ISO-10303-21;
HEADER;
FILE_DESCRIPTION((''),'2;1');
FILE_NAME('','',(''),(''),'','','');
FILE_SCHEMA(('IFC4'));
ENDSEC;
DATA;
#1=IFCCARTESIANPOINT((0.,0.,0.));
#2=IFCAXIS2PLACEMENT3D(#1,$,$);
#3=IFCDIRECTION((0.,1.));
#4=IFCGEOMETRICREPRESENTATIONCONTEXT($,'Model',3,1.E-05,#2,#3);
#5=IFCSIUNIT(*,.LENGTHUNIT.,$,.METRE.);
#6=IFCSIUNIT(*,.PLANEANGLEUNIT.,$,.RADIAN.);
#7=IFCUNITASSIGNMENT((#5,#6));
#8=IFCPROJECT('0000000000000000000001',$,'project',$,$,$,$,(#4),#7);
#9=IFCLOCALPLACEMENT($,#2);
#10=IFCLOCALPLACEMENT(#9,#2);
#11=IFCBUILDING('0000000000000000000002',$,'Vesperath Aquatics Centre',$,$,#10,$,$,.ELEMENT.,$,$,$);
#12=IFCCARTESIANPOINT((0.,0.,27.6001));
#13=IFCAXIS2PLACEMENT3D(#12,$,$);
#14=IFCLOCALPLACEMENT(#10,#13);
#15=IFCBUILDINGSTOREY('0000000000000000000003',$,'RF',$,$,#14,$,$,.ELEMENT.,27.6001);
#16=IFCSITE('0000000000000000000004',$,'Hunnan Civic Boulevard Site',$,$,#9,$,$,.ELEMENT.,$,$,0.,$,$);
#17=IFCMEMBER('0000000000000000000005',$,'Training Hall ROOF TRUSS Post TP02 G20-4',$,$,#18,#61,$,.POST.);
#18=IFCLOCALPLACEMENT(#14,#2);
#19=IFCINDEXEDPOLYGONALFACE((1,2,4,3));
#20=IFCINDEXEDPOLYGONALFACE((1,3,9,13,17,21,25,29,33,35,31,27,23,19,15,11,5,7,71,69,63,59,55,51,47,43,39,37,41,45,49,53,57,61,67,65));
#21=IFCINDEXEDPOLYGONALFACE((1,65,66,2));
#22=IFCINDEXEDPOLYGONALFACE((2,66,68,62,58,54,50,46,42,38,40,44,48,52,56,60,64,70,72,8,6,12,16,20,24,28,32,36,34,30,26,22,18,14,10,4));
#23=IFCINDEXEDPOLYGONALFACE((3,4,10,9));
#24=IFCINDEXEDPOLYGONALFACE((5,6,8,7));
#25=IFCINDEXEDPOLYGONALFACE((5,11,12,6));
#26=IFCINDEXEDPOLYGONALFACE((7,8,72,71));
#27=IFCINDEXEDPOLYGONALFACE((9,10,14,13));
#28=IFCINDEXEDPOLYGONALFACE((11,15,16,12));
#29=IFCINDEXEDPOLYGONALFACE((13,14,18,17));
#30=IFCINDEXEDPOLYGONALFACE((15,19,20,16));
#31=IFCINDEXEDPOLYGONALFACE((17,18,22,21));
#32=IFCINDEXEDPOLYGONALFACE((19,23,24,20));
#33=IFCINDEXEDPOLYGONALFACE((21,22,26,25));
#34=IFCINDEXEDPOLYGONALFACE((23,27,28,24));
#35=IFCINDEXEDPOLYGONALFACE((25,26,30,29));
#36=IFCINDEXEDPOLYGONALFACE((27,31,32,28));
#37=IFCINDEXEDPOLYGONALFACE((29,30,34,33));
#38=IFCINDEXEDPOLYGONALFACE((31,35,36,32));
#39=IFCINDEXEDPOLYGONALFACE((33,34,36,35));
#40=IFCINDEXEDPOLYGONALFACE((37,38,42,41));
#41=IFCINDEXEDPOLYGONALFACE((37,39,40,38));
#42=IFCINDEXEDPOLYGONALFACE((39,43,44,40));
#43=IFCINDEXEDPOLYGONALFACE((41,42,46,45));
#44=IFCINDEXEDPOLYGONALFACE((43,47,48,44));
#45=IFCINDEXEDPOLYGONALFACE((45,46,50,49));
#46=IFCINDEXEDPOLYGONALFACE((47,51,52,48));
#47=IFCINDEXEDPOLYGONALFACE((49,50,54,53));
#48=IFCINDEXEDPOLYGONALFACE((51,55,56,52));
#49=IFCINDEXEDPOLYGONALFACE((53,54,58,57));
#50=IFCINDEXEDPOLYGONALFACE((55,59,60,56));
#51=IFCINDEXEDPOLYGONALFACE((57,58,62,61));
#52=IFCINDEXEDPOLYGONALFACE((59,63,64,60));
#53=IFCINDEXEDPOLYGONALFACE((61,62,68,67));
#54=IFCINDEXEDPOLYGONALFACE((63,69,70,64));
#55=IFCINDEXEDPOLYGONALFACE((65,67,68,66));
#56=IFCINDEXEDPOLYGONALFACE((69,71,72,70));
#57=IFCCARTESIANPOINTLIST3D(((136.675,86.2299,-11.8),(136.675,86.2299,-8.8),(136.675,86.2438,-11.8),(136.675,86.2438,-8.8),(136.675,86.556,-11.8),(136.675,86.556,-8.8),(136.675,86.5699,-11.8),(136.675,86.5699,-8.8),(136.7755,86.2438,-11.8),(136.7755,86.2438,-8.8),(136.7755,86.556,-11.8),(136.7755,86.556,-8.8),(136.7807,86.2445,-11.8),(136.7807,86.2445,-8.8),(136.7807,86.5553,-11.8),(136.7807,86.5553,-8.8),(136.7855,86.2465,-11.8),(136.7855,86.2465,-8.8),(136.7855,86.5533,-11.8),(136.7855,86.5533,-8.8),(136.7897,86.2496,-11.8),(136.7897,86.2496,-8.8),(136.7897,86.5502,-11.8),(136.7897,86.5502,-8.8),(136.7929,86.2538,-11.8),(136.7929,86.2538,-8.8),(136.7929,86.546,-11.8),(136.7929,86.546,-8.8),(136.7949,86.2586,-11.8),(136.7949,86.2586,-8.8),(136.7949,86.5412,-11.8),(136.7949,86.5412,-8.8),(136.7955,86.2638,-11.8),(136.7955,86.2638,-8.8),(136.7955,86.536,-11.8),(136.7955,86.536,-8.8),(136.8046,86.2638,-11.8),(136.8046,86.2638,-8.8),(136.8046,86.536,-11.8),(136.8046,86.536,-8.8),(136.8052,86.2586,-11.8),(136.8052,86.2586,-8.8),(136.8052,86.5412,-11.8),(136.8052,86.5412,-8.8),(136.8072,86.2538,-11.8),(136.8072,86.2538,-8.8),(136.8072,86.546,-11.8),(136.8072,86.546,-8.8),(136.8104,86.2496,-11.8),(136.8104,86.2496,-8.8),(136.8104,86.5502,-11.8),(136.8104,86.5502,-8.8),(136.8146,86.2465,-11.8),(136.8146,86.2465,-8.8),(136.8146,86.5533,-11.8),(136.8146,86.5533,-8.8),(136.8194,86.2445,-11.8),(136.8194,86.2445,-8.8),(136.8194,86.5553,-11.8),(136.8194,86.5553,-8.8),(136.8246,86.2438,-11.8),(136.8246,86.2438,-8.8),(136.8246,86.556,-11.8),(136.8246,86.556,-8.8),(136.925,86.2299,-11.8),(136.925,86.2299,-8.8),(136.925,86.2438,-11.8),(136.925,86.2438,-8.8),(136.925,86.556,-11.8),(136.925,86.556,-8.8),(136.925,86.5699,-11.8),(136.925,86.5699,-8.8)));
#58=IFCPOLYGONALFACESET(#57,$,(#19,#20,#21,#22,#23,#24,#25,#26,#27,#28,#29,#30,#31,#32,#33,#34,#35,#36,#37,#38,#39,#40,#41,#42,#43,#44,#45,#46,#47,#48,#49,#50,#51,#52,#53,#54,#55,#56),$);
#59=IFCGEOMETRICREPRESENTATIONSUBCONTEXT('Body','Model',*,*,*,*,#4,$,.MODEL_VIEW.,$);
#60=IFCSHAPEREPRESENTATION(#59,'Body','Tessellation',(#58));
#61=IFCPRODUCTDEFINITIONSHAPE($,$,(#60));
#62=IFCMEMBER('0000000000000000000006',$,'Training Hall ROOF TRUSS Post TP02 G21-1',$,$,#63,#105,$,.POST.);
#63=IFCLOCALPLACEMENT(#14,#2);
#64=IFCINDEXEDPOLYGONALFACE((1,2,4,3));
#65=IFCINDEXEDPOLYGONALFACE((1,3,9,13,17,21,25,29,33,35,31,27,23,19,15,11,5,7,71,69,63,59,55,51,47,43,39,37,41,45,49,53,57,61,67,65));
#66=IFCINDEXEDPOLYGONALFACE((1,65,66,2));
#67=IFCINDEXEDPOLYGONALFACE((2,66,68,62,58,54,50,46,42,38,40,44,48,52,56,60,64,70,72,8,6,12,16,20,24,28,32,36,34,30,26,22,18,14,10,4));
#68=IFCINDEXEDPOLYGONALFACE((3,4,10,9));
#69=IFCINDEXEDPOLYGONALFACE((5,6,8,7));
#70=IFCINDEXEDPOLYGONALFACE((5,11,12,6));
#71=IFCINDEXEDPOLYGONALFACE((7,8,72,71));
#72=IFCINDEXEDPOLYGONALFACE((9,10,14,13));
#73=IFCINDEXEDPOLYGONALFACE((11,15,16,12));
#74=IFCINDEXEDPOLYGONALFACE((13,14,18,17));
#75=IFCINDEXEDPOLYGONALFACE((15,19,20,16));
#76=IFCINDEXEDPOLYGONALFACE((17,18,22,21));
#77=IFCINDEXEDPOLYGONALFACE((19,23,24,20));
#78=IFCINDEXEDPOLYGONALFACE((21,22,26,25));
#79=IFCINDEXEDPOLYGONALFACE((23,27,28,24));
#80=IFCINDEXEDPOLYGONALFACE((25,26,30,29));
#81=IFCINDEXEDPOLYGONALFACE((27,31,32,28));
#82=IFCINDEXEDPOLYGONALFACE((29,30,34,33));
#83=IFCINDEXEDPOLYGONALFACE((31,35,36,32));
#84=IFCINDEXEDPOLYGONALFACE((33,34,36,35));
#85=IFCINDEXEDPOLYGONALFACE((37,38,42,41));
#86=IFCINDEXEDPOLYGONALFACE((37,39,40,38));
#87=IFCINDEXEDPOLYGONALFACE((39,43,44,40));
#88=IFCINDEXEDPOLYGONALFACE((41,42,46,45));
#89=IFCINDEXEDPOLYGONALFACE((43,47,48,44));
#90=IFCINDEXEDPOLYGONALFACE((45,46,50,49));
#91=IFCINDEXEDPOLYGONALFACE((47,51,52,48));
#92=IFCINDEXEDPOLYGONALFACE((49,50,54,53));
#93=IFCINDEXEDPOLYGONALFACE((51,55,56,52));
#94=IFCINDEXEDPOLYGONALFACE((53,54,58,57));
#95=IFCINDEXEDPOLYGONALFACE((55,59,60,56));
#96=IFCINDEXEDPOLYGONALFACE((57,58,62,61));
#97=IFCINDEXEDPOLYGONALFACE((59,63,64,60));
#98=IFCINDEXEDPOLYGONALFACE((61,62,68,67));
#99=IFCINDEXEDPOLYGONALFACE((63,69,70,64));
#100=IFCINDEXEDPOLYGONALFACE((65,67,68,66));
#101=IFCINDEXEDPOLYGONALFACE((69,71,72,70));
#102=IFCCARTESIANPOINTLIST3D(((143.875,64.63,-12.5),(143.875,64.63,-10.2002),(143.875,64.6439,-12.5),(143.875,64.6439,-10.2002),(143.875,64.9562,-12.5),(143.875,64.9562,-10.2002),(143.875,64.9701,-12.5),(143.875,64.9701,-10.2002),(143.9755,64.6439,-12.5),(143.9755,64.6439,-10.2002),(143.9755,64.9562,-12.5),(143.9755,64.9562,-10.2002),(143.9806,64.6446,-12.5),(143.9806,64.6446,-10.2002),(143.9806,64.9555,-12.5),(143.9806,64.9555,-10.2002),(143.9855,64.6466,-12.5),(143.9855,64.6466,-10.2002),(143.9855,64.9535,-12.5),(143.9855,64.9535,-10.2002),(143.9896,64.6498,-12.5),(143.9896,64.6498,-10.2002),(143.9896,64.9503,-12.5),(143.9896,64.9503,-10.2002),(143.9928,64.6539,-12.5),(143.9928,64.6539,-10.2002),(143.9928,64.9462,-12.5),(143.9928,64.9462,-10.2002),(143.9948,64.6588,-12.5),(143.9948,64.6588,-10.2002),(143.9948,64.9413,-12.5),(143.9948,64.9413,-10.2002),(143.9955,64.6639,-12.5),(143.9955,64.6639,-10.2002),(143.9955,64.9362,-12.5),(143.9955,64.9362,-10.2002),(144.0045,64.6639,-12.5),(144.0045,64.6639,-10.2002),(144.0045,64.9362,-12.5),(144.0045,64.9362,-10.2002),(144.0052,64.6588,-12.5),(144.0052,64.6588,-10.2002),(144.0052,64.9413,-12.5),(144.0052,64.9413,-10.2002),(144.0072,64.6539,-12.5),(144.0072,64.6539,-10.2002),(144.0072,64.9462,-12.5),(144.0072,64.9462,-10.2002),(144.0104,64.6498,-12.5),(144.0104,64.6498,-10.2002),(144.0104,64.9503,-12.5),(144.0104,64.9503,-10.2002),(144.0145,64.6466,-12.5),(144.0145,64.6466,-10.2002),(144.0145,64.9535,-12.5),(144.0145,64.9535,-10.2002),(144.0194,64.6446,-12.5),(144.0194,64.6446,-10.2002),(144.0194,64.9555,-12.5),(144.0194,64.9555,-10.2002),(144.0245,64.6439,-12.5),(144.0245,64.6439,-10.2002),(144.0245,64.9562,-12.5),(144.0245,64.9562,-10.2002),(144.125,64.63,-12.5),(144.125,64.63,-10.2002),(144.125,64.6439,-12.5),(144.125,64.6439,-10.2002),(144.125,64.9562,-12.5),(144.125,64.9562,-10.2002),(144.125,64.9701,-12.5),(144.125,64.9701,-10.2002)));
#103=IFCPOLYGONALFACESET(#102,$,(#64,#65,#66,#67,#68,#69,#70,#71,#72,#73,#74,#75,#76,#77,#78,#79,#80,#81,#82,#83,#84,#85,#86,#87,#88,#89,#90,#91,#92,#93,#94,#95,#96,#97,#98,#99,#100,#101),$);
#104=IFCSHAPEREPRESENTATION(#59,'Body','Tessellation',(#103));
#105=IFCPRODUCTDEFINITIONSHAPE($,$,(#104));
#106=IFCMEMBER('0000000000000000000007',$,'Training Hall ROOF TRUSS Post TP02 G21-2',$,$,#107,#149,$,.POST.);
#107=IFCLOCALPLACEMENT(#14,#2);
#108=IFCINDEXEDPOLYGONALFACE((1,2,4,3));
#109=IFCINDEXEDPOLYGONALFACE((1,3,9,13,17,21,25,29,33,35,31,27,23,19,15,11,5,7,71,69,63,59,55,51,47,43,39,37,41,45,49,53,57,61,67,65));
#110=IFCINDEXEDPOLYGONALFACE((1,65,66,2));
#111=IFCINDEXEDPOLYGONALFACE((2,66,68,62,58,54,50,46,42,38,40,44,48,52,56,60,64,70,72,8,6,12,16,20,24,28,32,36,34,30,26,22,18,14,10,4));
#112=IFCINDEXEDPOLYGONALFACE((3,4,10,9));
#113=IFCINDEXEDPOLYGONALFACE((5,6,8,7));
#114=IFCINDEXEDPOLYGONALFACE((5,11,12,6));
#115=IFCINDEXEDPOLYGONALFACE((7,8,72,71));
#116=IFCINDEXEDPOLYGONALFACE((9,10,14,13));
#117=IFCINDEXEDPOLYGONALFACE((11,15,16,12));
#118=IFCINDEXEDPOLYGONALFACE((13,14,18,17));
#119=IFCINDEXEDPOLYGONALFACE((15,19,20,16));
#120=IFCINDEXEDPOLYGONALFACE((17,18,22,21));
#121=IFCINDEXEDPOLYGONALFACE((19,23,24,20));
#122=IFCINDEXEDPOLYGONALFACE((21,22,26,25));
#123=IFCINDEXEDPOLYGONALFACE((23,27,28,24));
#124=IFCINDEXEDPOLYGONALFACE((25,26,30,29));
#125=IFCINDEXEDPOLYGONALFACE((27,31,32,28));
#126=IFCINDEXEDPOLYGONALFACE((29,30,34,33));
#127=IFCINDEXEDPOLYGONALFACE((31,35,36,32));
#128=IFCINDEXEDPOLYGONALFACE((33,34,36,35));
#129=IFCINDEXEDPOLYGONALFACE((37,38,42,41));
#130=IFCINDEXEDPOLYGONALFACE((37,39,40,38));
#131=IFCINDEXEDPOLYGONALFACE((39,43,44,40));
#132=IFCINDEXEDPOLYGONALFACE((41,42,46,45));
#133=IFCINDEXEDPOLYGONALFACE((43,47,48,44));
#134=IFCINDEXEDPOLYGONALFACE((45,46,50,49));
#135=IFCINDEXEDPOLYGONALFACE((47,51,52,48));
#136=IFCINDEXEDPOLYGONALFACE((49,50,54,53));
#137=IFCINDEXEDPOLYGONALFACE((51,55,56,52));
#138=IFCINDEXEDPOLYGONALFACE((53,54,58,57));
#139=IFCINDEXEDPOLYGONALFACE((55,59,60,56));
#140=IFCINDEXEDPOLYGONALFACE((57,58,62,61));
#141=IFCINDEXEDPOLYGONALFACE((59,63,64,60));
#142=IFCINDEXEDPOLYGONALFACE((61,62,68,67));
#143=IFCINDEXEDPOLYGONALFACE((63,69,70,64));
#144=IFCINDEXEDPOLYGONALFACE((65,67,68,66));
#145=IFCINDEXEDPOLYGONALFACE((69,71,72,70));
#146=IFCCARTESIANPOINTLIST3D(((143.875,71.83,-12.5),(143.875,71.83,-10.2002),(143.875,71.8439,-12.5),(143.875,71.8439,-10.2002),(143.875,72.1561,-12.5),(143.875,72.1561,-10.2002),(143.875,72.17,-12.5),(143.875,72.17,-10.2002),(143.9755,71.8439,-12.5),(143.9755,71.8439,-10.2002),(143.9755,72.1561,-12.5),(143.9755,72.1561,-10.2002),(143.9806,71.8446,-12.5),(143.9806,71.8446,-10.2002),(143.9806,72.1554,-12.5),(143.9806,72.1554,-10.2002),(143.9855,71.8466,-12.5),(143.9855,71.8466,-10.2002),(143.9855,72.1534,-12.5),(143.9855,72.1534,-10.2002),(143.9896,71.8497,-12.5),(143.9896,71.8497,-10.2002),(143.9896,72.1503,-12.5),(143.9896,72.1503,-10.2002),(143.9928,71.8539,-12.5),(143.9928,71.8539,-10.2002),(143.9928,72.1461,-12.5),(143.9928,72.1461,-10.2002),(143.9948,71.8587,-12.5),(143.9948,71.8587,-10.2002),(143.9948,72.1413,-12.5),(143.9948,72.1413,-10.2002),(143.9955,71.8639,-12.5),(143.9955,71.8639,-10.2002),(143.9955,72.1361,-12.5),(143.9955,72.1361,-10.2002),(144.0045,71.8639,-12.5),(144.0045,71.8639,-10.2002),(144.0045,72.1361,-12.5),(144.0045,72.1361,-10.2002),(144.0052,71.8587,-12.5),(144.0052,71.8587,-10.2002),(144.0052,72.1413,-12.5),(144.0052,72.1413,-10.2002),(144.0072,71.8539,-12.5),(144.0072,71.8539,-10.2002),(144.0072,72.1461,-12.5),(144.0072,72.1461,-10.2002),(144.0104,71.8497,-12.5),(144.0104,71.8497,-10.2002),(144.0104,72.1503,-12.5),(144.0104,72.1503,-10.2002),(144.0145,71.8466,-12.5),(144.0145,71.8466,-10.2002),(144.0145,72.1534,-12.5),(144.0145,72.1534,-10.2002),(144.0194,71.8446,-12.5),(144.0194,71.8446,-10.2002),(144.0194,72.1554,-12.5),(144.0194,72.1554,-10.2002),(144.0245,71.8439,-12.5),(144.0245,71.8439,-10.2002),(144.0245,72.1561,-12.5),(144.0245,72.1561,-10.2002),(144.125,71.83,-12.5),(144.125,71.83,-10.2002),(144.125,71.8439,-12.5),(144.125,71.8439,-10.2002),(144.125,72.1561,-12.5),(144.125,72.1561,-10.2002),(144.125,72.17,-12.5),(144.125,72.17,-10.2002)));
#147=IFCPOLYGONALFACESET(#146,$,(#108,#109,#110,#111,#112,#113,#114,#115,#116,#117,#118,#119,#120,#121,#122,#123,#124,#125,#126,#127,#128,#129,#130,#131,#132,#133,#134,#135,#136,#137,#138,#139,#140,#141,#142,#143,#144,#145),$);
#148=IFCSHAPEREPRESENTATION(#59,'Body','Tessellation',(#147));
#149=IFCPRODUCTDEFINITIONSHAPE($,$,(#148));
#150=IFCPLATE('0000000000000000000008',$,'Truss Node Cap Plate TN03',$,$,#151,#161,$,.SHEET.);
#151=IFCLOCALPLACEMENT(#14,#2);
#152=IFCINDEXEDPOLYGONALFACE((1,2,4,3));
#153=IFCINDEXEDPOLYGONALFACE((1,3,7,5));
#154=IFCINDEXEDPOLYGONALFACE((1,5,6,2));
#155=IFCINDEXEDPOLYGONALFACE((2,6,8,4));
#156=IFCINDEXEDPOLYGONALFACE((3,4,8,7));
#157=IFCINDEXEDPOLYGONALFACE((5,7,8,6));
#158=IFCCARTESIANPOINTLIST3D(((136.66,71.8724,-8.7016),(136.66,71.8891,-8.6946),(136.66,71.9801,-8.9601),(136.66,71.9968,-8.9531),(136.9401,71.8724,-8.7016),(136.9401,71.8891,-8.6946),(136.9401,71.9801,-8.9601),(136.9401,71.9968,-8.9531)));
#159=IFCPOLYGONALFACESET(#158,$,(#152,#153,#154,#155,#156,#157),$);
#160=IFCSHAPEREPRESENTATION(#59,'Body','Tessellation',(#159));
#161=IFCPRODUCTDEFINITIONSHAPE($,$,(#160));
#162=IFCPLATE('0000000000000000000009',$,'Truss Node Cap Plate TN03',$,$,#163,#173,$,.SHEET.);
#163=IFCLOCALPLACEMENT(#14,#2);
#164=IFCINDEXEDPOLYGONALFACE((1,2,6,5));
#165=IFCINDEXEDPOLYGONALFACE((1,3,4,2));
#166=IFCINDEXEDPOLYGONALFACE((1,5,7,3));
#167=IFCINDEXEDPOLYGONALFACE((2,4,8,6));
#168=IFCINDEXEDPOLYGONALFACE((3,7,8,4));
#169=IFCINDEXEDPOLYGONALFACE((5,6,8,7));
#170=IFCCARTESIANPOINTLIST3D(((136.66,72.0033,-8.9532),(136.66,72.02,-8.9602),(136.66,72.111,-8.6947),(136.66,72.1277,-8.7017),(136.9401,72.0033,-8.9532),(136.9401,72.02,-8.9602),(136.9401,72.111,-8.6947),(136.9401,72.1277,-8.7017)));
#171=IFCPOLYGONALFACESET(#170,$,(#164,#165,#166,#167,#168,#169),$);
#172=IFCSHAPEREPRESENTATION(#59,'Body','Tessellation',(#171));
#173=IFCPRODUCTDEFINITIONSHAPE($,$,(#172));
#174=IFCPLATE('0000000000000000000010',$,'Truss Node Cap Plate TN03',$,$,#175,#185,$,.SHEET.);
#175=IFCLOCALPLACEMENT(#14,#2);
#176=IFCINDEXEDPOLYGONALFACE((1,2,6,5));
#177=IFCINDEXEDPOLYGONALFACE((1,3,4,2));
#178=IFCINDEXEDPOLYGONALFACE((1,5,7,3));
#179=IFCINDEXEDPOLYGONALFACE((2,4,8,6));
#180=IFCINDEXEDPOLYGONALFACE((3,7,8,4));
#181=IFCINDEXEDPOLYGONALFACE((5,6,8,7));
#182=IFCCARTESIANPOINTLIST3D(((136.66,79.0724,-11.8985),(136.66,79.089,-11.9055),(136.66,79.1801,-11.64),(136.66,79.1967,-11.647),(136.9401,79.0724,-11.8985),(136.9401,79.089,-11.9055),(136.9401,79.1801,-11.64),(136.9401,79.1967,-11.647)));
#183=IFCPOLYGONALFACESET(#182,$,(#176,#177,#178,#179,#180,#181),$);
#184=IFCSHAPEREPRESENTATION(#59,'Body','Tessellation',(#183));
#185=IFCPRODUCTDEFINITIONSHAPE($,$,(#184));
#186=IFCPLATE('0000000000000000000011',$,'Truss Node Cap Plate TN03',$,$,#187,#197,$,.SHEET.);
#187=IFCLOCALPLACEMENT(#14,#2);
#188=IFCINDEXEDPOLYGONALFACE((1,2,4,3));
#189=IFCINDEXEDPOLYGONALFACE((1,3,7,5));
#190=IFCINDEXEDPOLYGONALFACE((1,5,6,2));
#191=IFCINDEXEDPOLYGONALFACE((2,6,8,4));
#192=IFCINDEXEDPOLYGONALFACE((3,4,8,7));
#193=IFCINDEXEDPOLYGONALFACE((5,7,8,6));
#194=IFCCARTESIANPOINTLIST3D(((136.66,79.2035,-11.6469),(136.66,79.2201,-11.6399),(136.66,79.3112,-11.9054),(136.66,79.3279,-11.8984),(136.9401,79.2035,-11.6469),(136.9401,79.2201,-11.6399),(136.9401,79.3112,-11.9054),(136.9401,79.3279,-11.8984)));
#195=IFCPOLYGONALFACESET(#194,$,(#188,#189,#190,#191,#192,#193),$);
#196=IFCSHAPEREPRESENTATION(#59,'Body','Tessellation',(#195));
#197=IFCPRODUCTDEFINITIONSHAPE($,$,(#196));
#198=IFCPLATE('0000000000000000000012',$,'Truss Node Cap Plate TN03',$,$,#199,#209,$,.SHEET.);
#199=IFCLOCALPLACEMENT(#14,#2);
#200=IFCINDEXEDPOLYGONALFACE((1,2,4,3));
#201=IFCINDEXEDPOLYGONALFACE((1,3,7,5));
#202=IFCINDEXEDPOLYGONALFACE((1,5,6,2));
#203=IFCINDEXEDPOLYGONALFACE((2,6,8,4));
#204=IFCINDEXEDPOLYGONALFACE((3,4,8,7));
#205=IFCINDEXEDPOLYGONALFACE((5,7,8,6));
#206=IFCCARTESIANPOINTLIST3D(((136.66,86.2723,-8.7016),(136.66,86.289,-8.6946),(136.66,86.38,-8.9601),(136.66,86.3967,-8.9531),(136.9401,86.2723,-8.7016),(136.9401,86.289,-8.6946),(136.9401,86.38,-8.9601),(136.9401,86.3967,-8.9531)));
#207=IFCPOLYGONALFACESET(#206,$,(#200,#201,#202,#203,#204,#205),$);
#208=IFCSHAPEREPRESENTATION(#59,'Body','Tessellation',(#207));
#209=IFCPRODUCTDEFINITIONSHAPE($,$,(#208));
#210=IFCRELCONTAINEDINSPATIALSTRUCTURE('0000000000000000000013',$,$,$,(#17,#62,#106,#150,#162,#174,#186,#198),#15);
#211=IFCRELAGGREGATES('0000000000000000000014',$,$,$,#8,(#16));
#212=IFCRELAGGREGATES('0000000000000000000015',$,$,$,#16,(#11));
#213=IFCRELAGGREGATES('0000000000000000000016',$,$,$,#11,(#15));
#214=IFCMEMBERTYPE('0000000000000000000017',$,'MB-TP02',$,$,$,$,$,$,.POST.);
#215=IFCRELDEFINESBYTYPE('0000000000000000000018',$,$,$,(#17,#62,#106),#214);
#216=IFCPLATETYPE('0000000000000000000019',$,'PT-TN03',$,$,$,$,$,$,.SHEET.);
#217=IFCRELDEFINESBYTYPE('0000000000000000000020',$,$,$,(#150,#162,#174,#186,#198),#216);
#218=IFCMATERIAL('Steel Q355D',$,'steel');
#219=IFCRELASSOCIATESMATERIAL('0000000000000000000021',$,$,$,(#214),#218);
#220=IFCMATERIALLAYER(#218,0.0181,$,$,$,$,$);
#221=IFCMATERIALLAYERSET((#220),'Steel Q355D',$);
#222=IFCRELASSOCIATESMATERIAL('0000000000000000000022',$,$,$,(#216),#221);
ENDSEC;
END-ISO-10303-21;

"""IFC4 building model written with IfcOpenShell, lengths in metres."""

from ifc_helpers import new_model, si_unit, direction, frame, origin, origin_2d, place, context, subcontext, project, spatial, rectangle, i_section, extrude, material, layer, layer_set, material_profile, profile_set, type_object, element, save


model = new_model("IFC4")

# Units and contexts
model_context = context("Model", 3, precision=1e-05, world=origin(), true_north=direction((0.0, 1.0)))
body_context = subcontext(model_context, "Body", "Model", "MODEL_VIEW")
ifc_project = project(units=[si_unit("LENGTHUNIT", "METRE"), si_unit("PLANEANGLEUNIT", "RADIAN")], contexts=[model_context])

# Site, building, storey
site_placement = place(None, origin())
site = spatial("IfcSite", under=ifc_project, at=site_placement, Name="Hunnan Civic Boulevard Site", CompositionType="ELEMENT", RefElevation=0.0)
building_placement = place(site_placement, origin())
building = spatial("IfcBuilding", under=site, at=building_placement, Name="Vesperath Aquatics Centre", CompositionType="ELEMENT")
storey_placement = place(building_placement, frame((0.0, 0.0, 27.6001)))
storey = spatial("IfcBuildingStorey", under=building, at=storey_placement, Name="RF", CompositionType="ELEMENT", Elevation=27.6001)

# Members
ifc_material_1 = material(Name="Steel Q355D", Category="steel")
ifc_material_profile_1 = material_profile(ifc_material_1, i_section(OverallWidth=0.25, OverallDepth=0.3401, WebThickness=0.009, FlangeThickness=0.0139, FilletRadius=0.02, at=origin_2d()), Name="HM 340x250x9x14")
ifc_profile_set_1 = profile_set([ifc_material_profile_1], Name="Steel Q355D")
member_type_1 = type_object("IfcMemberType", Name="MB-TP02", PredefinedType="POST", material=ifc_profile_set_1)
for number, where, z_axis, x_axis, name in (
    (1, (136.8, 86.3999, -11.8), (0.0, 0.0, 1.0), (1.0, 0.0, 0.0), "Training Hall ROOF TRUSS Post TP02 G20-4"),
):
    element("IfcMember", number, at=place(storey_placement, frame(where, z_axis=z_axis, x_axis=x_axis)), inside=storey, type_object=member_type_1, Name=name, PredefinedType="POST", context=body_context, shape_type="SweptSolid", body=[
        extrude(i_section(OverallWidth=0.25, OverallDepth=0.3401, WebThickness=0.009, FlangeThickness=0.0139, FilletRadius=0.02, at=origin_2d()), origin(), (0.0, 0.0, 1.0), 3.0),
    ])
for number, where, z_axis, x_axis, name in (
    (2, (144.0, 64.8, -12.5), (0.0, 0.0, 1.0), (1.0, 0.0, 0.0), "Training Hall ROOF TRUSS Post TP02 G21-1"),
    (3, (144.0, 72.0, -12.5), (0.0, 0.0, 1.0), (1.0, 0.0, 0.0), "Training Hall ROOF TRUSS Post TP02 G21-2"),
):
    element("IfcMember", number, at=place(storey_placement, frame(where, z_axis=z_axis, x_axis=x_axis)), inside=storey, type_object=member_type_1, Name=name, PredefinedType="POST", context=body_context, shape_type="SweptSolid", body=[
        extrude(i_section(OverallWidth=0.25, OverallDepth=0.3401, WebThickness=0.009, FlangeThickness=0.0139, FilletRadius=0.02, at=origin_2d()), origin(), (0.0, 0.0, 1.0), 2.2998),
    ])

# Plates
ifc_layer_1 = layer(ifc_material_1, 0.0181)
ifc_layer_set_1 = layer_set([ifc_layer_1], Name="Steel Q355D")
plate_type = type_object("IfcPlateType", Name="PT-TN03", PredefinedType="SHEET", material=ifc_layer_set_1)
for number, where, z_axis, x_axis, name in (
    (4, (136.8, 71.9263, -8.8308), (0.0, 0.923077, 0.384615), (-1.0, 0.0, 0.0), "Truss Node Cap Plate TN03"),
    (5, (136.8, 72.0571, -8.824), (0.0, 0.923077, -0.384615), (-1.0, 0.0, 0.0), "Truss Node Cap Plate TN03"),
    (6, (136.8, 79.1262, -11.7693), (0.0, 0.923077, -0.384615), (-1.0, 0.0, 0.0), "Truss Node Cap Plate TN03"),
    (7, (136.8, 79.2573, -11.7761), (0.0, 0.923077, 0.384615), (-1.0, 0.0, 0.0), "Truss Node Cap Plate TN03"),
    (8, (136.8, 86.3262, -8.8308), (0.0, 0.923077, 0.384615), (-1.0, 0.0, 0.0), "Truss Node Cap Plate TN03"),
):
    element("IfcPlate", number, at=place(storey_placement, frame(where, z_axis=z_axis, x_axis=x_axis)), inside=storey, type_object=plate_type, Name=name, PredefinedType="SHEET", context=body_context, shape_type="SweptSolid", body=[
        extrude(rectangle(XDim=0.28, YDim=0.28, at=origin_2d()), origin(), (0.0, 0.0, 1.0), 0.0181),
    ])

save(model, "model.ifc")
